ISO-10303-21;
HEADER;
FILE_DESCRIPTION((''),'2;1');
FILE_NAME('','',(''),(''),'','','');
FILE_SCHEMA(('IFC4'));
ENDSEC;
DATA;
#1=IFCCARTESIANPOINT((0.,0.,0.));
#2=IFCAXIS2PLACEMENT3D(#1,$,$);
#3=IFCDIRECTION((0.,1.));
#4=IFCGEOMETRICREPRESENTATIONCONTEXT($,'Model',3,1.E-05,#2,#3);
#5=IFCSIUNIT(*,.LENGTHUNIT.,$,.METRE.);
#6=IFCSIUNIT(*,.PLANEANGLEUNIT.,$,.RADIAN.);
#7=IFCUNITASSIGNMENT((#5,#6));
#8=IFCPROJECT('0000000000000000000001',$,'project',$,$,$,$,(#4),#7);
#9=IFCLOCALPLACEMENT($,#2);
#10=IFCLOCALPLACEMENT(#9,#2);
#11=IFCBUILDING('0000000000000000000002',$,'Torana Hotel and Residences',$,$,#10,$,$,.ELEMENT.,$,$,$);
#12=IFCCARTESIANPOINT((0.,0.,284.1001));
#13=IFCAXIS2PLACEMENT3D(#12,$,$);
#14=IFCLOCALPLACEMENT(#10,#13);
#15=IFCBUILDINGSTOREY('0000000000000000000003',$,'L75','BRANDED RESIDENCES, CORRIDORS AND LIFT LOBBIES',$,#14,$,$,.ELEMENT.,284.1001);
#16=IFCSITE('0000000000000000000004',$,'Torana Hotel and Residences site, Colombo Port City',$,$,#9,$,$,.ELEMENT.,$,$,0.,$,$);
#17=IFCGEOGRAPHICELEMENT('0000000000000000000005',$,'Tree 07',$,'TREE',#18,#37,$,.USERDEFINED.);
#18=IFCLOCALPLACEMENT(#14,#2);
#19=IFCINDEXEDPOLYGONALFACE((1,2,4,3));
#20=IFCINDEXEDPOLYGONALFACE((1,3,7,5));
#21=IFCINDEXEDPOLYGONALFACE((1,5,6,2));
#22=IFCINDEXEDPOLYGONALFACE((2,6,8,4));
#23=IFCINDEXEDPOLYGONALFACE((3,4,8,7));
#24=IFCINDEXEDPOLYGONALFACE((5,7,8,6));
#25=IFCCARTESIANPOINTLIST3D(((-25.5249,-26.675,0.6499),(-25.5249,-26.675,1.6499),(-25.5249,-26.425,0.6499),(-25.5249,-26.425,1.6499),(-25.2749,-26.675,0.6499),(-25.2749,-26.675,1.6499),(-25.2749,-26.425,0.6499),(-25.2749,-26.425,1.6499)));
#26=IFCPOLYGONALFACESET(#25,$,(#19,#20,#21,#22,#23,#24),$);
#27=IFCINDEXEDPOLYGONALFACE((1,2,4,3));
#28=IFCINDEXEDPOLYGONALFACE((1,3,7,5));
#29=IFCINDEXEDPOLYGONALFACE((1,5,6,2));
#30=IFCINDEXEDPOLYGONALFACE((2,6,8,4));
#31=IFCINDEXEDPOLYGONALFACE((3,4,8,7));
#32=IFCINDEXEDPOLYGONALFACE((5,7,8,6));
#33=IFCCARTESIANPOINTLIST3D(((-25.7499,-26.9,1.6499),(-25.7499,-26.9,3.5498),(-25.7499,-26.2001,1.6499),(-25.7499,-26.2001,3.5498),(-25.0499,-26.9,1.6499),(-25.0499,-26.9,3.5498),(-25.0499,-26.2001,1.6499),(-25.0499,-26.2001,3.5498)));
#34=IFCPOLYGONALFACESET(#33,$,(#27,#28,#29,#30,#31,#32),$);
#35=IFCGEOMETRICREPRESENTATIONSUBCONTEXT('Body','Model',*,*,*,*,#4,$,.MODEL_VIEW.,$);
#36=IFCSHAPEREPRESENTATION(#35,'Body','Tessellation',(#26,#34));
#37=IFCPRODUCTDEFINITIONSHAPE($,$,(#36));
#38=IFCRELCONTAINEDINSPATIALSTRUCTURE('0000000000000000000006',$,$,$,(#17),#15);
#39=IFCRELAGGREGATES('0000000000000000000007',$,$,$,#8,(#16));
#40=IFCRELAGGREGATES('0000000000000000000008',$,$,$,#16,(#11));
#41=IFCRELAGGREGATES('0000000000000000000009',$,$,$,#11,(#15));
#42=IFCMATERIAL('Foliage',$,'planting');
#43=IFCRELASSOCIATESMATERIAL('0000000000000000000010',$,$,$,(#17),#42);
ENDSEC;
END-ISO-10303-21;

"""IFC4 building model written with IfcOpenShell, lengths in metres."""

from ifc_helpers import new_model, si_unit, direction, frame, origin, origin_2d, place, context, subcontext, project, spatial, rectangle, extrude, material, element, save


model = new_model("IFC4")

# Units and contexts
model_context = context("Model", 3, precision=1e-05, world=origin(), true_north=direction((0.0, 1.0)))
body_context = subcontext(model_context, "Body", "Model", "MODEL_VIEW")
ifc_project = project(units=[si_unit("LENGTHUNIT", "METRE"), si_unit("PLANEANGLEUNIT", "RADIAN")], contexts=[model_context])

# Site, building, storey
site_placement = place(None, origin())
site = spatial("IfcSite", under=ifc_project, at=site_placement, Name="Torana Hotel and Residences site, Colombo Port City", CompositionType="ELEMENT", RefElevation=0.0)
building_placement = place(site_placement, origin())
building = spatial("IfcBuilding", under=site, at=building_placement, Name="Torana Hotel and Residences", CompositionType="ELEMENT")
storey_placement = place(building_placement, frame((0.0, 0.0, 284.1001)))
storey = spatial("IfcBuildingStorey", under=building, at=storey_placement, Name="L75", Description="BRANDED RESIDENCES, CORRIDORS AND LIFT LOBBIES", CompositionType="ELEMENT", Elevation=284.1001)

# Geographic element
ifc_material_1 = material(Name="Foliage", Category="planting")
geographic_element_placement = place(storey_placement, frame((-25.3999, -26.55, 0.6499), z_axis=(0.0, 0.0, 1.0), x_axis=(1.0, 0.0, 0.0)))
element("IfcGeographicElement", 1, at=geographic_element_placement, inside=storey, material=ifc_material_1, Name="Tree 07", ObjectType="TREE", PredefinedType="USERDEFINED", context=body_context, shape_type="SweptSolid", body=[
    extrude(rectangle(XDim=0.25, YDim=0.25, at=origin_2d()), origin(), (0.0, 0.0, 1.0), 1.0),
    extrude(rectangle(XDim=0.7, YDim=0.7, at=origin_2d()), frame((0.0, 0.0, 1.0)), (0.0, 0.0, 1.0), 1.8999),
])

save(model, "model.ifc")
